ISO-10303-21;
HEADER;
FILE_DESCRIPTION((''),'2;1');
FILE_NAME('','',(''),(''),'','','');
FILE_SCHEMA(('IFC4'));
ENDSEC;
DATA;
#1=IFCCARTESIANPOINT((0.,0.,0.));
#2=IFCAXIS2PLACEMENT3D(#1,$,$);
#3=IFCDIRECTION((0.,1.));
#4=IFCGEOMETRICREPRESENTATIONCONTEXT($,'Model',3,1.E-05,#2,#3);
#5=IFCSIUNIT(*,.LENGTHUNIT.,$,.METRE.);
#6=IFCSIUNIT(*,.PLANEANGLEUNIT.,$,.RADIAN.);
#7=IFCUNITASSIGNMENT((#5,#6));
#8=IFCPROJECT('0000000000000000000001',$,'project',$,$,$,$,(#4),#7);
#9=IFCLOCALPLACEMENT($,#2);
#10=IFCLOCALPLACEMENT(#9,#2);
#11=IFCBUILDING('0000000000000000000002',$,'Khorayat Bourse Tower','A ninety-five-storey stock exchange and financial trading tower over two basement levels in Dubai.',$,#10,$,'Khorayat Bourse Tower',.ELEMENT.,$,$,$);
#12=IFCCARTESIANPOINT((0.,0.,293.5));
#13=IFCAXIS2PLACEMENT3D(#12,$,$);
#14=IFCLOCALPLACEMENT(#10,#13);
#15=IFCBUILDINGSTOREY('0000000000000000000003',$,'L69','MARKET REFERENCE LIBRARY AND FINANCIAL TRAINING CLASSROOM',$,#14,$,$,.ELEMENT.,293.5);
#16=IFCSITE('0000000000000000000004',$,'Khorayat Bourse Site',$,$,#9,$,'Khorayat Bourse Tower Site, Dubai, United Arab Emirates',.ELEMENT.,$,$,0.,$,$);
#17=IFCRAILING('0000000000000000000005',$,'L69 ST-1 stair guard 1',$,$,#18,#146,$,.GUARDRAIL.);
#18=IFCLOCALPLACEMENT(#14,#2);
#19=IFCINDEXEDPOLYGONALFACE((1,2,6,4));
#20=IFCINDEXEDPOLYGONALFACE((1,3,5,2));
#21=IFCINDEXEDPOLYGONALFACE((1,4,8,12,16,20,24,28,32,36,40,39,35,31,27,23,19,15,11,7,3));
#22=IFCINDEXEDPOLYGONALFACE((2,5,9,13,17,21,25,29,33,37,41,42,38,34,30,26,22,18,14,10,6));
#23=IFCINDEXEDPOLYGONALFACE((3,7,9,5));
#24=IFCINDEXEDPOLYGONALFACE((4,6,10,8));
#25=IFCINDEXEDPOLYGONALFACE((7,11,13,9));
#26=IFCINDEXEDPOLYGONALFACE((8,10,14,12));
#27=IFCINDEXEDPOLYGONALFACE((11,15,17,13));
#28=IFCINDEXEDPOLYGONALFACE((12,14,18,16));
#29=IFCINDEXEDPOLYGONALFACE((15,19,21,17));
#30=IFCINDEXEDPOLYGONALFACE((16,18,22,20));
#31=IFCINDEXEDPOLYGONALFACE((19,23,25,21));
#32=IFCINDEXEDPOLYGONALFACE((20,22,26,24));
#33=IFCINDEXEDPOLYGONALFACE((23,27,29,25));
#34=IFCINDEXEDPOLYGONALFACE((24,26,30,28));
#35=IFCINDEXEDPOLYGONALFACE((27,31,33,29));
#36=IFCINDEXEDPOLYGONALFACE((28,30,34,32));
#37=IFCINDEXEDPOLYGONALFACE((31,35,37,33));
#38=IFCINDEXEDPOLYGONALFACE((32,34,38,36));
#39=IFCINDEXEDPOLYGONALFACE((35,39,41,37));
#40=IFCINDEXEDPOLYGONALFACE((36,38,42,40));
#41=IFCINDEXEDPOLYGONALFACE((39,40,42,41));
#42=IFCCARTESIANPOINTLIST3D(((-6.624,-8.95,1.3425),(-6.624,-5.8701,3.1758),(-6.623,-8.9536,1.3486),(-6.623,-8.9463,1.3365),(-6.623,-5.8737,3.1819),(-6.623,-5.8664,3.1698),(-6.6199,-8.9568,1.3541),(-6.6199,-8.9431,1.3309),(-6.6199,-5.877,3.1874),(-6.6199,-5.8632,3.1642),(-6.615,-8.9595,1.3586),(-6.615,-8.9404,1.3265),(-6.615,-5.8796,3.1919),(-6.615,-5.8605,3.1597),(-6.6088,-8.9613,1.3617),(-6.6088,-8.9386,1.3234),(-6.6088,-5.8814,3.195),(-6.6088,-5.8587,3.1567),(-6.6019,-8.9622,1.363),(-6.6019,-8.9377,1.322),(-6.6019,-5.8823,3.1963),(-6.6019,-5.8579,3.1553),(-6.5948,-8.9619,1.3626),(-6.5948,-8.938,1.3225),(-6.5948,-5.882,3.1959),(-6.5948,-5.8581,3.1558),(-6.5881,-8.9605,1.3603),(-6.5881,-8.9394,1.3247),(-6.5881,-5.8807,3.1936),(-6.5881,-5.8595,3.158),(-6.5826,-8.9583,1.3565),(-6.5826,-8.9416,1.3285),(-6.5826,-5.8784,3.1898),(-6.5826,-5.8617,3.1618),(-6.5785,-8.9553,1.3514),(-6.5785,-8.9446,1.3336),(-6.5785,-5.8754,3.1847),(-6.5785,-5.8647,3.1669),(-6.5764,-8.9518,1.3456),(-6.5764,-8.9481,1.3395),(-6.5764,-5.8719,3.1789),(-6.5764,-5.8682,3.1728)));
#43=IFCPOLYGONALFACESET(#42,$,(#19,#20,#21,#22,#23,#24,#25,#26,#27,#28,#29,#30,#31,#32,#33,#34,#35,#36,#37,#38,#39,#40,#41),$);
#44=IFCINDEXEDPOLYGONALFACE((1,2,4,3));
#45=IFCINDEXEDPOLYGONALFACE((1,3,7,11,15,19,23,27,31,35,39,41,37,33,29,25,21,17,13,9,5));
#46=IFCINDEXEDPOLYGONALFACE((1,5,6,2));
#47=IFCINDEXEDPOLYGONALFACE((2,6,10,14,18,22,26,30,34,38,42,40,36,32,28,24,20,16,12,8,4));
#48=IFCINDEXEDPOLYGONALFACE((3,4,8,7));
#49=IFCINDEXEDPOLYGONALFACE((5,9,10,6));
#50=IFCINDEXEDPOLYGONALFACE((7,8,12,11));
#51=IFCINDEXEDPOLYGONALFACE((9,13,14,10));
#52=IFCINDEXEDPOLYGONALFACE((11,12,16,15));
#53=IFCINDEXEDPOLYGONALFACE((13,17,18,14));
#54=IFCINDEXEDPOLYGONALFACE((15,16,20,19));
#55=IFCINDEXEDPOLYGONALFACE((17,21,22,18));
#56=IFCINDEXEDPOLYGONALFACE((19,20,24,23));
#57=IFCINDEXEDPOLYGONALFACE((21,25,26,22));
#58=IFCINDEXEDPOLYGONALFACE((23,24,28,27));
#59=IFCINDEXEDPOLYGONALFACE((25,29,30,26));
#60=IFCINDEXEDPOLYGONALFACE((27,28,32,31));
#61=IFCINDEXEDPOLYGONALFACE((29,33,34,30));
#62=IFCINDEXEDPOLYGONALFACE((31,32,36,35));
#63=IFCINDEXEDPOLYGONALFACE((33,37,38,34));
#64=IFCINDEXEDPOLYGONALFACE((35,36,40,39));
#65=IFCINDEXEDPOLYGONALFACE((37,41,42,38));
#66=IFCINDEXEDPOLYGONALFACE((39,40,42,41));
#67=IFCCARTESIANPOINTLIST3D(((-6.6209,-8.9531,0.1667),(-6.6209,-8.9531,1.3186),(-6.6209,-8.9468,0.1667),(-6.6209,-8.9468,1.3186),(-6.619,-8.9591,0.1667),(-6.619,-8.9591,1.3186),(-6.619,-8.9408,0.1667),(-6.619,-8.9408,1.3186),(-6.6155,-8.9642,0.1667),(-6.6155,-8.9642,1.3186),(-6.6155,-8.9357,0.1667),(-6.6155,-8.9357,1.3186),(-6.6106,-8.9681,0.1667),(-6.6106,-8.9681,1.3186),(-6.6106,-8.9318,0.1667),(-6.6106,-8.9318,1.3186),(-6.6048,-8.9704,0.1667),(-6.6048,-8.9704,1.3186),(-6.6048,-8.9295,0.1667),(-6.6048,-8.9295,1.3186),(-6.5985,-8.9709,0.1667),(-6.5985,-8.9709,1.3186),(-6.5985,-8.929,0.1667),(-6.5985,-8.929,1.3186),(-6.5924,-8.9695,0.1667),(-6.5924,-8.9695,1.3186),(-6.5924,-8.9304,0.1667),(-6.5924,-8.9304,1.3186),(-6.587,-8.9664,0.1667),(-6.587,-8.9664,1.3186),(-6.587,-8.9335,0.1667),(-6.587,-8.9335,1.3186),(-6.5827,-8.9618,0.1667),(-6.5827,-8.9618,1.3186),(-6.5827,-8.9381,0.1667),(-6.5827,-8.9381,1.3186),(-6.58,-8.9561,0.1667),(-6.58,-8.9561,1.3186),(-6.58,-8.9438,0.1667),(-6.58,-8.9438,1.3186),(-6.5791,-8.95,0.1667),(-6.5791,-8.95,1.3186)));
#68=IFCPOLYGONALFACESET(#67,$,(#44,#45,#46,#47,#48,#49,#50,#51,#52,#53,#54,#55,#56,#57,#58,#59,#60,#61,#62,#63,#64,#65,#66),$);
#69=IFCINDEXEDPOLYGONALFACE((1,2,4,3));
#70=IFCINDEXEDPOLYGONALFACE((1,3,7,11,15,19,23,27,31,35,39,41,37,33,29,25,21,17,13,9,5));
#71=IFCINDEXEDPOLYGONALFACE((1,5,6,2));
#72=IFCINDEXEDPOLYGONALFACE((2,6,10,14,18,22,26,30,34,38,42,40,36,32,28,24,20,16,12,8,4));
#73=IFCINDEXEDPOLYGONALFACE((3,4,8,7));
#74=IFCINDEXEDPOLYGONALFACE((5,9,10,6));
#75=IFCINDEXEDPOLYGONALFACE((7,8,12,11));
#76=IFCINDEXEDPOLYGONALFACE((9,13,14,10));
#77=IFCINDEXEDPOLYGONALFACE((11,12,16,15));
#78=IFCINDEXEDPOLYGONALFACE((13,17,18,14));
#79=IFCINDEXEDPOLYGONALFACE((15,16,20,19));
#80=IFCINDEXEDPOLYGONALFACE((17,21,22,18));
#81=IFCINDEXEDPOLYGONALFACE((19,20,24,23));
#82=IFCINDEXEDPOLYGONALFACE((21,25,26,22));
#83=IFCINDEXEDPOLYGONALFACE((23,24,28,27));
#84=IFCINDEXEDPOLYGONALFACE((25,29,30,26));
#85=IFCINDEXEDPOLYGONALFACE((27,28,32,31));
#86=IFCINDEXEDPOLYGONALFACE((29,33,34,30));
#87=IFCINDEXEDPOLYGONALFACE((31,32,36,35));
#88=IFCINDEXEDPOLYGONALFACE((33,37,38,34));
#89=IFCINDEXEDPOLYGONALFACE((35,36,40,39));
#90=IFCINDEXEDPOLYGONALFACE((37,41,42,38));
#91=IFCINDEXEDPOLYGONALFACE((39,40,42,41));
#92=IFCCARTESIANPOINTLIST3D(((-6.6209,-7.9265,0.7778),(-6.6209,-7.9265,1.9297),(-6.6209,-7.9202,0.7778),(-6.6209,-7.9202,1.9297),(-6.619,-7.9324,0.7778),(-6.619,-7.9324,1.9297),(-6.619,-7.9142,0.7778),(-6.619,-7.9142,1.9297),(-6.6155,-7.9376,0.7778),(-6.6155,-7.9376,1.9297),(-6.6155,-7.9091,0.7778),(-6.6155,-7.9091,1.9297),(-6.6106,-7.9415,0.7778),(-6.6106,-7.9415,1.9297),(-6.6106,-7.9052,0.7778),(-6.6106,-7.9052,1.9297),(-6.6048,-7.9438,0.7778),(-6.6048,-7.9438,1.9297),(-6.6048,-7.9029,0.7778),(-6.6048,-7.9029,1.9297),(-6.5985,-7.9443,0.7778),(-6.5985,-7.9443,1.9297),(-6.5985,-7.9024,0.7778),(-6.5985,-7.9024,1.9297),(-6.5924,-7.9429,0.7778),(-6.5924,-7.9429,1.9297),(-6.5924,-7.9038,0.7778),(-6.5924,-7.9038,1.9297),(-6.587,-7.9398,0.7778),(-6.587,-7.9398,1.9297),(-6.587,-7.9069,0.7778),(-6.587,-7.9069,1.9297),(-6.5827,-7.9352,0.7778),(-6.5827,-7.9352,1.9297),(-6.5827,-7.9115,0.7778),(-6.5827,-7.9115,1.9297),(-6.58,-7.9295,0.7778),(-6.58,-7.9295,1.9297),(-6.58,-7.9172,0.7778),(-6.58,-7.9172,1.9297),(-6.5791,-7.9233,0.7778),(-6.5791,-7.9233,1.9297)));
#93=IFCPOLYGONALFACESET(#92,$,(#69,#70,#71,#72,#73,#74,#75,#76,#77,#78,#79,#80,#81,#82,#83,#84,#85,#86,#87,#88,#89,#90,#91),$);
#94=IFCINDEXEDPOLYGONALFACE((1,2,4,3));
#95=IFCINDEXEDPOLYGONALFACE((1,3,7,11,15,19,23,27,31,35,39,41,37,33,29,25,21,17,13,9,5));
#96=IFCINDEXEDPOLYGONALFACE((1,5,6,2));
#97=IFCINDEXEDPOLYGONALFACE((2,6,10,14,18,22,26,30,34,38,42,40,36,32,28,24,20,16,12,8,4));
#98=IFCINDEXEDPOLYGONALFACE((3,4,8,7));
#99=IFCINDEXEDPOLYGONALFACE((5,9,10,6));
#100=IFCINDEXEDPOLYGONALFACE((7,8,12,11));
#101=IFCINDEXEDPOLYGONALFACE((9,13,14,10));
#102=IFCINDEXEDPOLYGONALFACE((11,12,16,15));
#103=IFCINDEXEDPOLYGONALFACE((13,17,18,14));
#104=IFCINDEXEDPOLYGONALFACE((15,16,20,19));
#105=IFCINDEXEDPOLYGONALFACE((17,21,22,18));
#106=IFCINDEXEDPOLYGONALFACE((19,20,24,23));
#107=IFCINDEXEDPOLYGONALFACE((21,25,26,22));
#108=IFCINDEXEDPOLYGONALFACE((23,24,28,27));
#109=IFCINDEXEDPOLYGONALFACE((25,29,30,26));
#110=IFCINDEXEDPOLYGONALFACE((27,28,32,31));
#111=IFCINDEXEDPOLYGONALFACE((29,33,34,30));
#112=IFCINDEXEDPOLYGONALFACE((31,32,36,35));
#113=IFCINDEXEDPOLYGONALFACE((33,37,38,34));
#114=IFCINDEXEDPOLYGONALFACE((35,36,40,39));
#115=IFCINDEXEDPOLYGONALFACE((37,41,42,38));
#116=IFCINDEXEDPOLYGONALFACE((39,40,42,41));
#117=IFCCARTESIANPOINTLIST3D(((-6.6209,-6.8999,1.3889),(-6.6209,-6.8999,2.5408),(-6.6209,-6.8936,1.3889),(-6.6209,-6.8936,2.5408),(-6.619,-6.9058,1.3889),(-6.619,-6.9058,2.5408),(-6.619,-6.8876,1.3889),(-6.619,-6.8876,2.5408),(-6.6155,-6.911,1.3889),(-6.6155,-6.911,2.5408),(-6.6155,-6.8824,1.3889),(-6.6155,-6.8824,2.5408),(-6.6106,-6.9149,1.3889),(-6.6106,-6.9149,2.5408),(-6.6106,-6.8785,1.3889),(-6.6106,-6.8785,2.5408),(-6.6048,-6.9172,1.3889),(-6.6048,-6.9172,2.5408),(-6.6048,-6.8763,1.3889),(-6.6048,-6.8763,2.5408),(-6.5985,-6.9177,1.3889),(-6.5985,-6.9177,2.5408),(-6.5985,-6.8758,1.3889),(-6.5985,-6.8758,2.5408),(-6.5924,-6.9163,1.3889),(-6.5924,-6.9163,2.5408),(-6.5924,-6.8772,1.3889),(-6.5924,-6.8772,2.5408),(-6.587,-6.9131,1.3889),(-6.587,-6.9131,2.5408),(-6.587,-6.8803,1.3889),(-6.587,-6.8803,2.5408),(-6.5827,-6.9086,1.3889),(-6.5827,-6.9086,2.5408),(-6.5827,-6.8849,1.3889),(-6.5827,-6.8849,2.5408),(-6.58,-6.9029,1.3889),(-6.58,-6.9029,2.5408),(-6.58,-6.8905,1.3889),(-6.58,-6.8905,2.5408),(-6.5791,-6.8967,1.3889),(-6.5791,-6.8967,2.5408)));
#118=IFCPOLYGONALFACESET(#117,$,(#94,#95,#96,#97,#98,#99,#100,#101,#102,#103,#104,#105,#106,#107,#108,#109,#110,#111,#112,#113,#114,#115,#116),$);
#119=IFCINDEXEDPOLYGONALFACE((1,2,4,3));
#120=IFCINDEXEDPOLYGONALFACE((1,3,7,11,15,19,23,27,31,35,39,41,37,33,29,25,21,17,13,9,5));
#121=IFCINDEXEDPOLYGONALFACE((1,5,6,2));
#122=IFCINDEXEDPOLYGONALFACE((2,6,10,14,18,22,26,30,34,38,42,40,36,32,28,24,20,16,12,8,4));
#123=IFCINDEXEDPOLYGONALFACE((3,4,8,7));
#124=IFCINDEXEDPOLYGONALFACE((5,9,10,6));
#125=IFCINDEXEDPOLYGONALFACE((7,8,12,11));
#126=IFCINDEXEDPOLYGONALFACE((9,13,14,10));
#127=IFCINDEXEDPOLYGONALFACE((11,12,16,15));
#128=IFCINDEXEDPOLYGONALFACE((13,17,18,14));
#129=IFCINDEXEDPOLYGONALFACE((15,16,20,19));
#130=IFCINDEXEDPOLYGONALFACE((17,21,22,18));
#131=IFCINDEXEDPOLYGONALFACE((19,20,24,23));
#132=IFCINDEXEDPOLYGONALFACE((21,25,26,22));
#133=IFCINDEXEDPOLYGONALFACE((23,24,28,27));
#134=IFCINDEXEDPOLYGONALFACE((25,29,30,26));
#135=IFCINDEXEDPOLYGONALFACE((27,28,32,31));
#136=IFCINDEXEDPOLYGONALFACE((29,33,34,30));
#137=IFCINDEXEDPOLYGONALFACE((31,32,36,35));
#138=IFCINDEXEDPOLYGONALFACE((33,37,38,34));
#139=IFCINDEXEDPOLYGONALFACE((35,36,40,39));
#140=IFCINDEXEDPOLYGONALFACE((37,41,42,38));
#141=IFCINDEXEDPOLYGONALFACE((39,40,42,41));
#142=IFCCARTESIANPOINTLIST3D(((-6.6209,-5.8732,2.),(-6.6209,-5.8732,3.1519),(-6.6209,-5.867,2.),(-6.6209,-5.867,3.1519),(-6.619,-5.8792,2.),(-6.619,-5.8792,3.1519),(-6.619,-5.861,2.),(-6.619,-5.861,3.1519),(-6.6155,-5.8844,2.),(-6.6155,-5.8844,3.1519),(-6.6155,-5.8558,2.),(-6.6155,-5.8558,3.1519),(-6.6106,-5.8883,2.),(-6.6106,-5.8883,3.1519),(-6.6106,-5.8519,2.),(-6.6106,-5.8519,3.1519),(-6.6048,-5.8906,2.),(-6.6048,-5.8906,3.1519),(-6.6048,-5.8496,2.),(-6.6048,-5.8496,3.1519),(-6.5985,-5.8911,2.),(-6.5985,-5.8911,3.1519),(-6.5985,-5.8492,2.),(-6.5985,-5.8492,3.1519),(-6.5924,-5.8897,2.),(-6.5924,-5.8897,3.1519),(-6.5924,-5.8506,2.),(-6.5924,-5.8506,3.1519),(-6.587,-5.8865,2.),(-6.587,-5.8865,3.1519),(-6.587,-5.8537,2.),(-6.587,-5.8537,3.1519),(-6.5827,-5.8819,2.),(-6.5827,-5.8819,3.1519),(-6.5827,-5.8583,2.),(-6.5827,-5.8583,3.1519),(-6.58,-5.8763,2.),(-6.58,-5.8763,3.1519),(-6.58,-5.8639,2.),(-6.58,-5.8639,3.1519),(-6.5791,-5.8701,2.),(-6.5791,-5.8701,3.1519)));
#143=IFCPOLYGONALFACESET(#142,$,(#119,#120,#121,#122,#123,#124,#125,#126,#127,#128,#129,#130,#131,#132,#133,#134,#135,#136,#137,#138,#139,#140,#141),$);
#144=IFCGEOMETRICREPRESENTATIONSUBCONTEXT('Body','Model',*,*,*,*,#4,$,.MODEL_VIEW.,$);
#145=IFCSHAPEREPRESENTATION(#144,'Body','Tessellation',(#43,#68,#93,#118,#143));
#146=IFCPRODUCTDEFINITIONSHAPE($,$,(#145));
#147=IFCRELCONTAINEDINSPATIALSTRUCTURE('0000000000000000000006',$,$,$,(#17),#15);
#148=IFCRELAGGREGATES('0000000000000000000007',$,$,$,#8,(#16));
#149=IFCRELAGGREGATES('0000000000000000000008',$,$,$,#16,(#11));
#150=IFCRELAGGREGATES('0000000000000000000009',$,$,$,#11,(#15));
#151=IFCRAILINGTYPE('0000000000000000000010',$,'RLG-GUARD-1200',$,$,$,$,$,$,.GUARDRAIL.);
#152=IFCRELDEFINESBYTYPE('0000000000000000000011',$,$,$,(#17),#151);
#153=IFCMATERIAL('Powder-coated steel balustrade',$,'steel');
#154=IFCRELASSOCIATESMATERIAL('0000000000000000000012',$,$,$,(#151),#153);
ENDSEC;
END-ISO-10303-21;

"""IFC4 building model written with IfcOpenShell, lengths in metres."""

from ifc_helpers import new_model, si_unit, direction, frame, origin, origin_2d, place, context, subcontext, project, spatial, circle, extrude, source, transform, mapped, material, type_object, element, save


model = new_model("IFC4")

# Units and contexts
model_context = context("Model", 3, precision=1e-05, world=origin(), true_north=direction((0.0, 1.0)))
body_context = subcontext(model_context, "Body", "Model", "MODEL_VIEW")
ifc_project = project(units=[si_unit("LENGTHUNIT", "METRE"), si_unit("PLANEANGLEUNIT", "RADIAN")], contexts=[model_context])

# Site, building, storey
site_placement = place(None, origin())
site = spatial("IfcSite", under=ifc_project, at=site_placement, Name="Khorayat Bourse Site", LongName="Khorayat Bourse Tower Site, Dubai, United Arab Emirates", CompositionType="ELEMENT", RefElevation=0.0)
building_placement = place(site_placement, origin())
building = spatial("IfcBuilding", under=site, at=building_placement, Name="Khorayat Bourse Tower", Description="A ninety-five-storey stock exchange and financial trading tower over two basement levels in Dubai.", LongName="Khorayat Bourse Tower", CompositionType="ELEMENT")
storey_placement = place(building_placement, frame((0.0, 0.0, 293.5)))
storey = spatial("IfcBuildingStorey", under=building, at=storey_placement, Name="L69", Description="MARKET REFERENCE LIBRARY AND FINANCIAL TRAINING CLASSROOM", CompositionType="ELEMENT", Elevation=293.5)

# Railing
ifc_material_1 = material(Name="Powder-coated steel balustrade", Category="steel")
railing_type_1 = type_object("IfcRailingType", Name="RLG-GUARD-1200", PredefinedType="GUARDRAIL", material=ifc_material_1)
shared_shape_1 = source(origin(), body_context, "Body", "SweptSolid", [
    extrude(circle(Radius=0.0239, at=origin_2d()), frame((0.0, 0.0, 1.1758), z_axis=(0.0, 0.859291, 0.511487), x_axis=(-1.0, 0.0, 0.0)), (0.0, 0.0, 1.0), 3.5842),
    extrude(circle(Radius=0.021, at=origin_2d()), origin(), (0.0, 0.0, 1.0), 1.1519),
    extrude(circle(Radius=0.021, at=origin_2d()), frame((0.0, 1.0266, 0.6111)), (0.0, 0.0, 1.0), 1.1519),
    extrude(circle(Radius=0.021, at=origin_2d()), frame((0.0, 2.0532, 1.2222)), (0.0, 0.0, 1.0), 1.1519),
    extrude(circle(Radius=0.021, at=origin_2d()), frame((0.0, 3.0798, 1.8333)), (0.0, 0.0, 1.0), 1.1519),
])
railing_1_placement = place(storey_placement, frame((-6.6001, -8.95, 0.1667)))
element("IfcRailing", 1, at=railing_1_placement, inside=storey, type_object=railing_type_1, Name="L69 ST-1 stair guard 1", PredefinedType="GUARDRAIL", context=body_context, shape_type="MappedRepresentation", body=[
    mapped(shared_shape_1, transform((0.0, 0.0, 0.0), scale=1.0)),
])

save(model, "model.ifc")
